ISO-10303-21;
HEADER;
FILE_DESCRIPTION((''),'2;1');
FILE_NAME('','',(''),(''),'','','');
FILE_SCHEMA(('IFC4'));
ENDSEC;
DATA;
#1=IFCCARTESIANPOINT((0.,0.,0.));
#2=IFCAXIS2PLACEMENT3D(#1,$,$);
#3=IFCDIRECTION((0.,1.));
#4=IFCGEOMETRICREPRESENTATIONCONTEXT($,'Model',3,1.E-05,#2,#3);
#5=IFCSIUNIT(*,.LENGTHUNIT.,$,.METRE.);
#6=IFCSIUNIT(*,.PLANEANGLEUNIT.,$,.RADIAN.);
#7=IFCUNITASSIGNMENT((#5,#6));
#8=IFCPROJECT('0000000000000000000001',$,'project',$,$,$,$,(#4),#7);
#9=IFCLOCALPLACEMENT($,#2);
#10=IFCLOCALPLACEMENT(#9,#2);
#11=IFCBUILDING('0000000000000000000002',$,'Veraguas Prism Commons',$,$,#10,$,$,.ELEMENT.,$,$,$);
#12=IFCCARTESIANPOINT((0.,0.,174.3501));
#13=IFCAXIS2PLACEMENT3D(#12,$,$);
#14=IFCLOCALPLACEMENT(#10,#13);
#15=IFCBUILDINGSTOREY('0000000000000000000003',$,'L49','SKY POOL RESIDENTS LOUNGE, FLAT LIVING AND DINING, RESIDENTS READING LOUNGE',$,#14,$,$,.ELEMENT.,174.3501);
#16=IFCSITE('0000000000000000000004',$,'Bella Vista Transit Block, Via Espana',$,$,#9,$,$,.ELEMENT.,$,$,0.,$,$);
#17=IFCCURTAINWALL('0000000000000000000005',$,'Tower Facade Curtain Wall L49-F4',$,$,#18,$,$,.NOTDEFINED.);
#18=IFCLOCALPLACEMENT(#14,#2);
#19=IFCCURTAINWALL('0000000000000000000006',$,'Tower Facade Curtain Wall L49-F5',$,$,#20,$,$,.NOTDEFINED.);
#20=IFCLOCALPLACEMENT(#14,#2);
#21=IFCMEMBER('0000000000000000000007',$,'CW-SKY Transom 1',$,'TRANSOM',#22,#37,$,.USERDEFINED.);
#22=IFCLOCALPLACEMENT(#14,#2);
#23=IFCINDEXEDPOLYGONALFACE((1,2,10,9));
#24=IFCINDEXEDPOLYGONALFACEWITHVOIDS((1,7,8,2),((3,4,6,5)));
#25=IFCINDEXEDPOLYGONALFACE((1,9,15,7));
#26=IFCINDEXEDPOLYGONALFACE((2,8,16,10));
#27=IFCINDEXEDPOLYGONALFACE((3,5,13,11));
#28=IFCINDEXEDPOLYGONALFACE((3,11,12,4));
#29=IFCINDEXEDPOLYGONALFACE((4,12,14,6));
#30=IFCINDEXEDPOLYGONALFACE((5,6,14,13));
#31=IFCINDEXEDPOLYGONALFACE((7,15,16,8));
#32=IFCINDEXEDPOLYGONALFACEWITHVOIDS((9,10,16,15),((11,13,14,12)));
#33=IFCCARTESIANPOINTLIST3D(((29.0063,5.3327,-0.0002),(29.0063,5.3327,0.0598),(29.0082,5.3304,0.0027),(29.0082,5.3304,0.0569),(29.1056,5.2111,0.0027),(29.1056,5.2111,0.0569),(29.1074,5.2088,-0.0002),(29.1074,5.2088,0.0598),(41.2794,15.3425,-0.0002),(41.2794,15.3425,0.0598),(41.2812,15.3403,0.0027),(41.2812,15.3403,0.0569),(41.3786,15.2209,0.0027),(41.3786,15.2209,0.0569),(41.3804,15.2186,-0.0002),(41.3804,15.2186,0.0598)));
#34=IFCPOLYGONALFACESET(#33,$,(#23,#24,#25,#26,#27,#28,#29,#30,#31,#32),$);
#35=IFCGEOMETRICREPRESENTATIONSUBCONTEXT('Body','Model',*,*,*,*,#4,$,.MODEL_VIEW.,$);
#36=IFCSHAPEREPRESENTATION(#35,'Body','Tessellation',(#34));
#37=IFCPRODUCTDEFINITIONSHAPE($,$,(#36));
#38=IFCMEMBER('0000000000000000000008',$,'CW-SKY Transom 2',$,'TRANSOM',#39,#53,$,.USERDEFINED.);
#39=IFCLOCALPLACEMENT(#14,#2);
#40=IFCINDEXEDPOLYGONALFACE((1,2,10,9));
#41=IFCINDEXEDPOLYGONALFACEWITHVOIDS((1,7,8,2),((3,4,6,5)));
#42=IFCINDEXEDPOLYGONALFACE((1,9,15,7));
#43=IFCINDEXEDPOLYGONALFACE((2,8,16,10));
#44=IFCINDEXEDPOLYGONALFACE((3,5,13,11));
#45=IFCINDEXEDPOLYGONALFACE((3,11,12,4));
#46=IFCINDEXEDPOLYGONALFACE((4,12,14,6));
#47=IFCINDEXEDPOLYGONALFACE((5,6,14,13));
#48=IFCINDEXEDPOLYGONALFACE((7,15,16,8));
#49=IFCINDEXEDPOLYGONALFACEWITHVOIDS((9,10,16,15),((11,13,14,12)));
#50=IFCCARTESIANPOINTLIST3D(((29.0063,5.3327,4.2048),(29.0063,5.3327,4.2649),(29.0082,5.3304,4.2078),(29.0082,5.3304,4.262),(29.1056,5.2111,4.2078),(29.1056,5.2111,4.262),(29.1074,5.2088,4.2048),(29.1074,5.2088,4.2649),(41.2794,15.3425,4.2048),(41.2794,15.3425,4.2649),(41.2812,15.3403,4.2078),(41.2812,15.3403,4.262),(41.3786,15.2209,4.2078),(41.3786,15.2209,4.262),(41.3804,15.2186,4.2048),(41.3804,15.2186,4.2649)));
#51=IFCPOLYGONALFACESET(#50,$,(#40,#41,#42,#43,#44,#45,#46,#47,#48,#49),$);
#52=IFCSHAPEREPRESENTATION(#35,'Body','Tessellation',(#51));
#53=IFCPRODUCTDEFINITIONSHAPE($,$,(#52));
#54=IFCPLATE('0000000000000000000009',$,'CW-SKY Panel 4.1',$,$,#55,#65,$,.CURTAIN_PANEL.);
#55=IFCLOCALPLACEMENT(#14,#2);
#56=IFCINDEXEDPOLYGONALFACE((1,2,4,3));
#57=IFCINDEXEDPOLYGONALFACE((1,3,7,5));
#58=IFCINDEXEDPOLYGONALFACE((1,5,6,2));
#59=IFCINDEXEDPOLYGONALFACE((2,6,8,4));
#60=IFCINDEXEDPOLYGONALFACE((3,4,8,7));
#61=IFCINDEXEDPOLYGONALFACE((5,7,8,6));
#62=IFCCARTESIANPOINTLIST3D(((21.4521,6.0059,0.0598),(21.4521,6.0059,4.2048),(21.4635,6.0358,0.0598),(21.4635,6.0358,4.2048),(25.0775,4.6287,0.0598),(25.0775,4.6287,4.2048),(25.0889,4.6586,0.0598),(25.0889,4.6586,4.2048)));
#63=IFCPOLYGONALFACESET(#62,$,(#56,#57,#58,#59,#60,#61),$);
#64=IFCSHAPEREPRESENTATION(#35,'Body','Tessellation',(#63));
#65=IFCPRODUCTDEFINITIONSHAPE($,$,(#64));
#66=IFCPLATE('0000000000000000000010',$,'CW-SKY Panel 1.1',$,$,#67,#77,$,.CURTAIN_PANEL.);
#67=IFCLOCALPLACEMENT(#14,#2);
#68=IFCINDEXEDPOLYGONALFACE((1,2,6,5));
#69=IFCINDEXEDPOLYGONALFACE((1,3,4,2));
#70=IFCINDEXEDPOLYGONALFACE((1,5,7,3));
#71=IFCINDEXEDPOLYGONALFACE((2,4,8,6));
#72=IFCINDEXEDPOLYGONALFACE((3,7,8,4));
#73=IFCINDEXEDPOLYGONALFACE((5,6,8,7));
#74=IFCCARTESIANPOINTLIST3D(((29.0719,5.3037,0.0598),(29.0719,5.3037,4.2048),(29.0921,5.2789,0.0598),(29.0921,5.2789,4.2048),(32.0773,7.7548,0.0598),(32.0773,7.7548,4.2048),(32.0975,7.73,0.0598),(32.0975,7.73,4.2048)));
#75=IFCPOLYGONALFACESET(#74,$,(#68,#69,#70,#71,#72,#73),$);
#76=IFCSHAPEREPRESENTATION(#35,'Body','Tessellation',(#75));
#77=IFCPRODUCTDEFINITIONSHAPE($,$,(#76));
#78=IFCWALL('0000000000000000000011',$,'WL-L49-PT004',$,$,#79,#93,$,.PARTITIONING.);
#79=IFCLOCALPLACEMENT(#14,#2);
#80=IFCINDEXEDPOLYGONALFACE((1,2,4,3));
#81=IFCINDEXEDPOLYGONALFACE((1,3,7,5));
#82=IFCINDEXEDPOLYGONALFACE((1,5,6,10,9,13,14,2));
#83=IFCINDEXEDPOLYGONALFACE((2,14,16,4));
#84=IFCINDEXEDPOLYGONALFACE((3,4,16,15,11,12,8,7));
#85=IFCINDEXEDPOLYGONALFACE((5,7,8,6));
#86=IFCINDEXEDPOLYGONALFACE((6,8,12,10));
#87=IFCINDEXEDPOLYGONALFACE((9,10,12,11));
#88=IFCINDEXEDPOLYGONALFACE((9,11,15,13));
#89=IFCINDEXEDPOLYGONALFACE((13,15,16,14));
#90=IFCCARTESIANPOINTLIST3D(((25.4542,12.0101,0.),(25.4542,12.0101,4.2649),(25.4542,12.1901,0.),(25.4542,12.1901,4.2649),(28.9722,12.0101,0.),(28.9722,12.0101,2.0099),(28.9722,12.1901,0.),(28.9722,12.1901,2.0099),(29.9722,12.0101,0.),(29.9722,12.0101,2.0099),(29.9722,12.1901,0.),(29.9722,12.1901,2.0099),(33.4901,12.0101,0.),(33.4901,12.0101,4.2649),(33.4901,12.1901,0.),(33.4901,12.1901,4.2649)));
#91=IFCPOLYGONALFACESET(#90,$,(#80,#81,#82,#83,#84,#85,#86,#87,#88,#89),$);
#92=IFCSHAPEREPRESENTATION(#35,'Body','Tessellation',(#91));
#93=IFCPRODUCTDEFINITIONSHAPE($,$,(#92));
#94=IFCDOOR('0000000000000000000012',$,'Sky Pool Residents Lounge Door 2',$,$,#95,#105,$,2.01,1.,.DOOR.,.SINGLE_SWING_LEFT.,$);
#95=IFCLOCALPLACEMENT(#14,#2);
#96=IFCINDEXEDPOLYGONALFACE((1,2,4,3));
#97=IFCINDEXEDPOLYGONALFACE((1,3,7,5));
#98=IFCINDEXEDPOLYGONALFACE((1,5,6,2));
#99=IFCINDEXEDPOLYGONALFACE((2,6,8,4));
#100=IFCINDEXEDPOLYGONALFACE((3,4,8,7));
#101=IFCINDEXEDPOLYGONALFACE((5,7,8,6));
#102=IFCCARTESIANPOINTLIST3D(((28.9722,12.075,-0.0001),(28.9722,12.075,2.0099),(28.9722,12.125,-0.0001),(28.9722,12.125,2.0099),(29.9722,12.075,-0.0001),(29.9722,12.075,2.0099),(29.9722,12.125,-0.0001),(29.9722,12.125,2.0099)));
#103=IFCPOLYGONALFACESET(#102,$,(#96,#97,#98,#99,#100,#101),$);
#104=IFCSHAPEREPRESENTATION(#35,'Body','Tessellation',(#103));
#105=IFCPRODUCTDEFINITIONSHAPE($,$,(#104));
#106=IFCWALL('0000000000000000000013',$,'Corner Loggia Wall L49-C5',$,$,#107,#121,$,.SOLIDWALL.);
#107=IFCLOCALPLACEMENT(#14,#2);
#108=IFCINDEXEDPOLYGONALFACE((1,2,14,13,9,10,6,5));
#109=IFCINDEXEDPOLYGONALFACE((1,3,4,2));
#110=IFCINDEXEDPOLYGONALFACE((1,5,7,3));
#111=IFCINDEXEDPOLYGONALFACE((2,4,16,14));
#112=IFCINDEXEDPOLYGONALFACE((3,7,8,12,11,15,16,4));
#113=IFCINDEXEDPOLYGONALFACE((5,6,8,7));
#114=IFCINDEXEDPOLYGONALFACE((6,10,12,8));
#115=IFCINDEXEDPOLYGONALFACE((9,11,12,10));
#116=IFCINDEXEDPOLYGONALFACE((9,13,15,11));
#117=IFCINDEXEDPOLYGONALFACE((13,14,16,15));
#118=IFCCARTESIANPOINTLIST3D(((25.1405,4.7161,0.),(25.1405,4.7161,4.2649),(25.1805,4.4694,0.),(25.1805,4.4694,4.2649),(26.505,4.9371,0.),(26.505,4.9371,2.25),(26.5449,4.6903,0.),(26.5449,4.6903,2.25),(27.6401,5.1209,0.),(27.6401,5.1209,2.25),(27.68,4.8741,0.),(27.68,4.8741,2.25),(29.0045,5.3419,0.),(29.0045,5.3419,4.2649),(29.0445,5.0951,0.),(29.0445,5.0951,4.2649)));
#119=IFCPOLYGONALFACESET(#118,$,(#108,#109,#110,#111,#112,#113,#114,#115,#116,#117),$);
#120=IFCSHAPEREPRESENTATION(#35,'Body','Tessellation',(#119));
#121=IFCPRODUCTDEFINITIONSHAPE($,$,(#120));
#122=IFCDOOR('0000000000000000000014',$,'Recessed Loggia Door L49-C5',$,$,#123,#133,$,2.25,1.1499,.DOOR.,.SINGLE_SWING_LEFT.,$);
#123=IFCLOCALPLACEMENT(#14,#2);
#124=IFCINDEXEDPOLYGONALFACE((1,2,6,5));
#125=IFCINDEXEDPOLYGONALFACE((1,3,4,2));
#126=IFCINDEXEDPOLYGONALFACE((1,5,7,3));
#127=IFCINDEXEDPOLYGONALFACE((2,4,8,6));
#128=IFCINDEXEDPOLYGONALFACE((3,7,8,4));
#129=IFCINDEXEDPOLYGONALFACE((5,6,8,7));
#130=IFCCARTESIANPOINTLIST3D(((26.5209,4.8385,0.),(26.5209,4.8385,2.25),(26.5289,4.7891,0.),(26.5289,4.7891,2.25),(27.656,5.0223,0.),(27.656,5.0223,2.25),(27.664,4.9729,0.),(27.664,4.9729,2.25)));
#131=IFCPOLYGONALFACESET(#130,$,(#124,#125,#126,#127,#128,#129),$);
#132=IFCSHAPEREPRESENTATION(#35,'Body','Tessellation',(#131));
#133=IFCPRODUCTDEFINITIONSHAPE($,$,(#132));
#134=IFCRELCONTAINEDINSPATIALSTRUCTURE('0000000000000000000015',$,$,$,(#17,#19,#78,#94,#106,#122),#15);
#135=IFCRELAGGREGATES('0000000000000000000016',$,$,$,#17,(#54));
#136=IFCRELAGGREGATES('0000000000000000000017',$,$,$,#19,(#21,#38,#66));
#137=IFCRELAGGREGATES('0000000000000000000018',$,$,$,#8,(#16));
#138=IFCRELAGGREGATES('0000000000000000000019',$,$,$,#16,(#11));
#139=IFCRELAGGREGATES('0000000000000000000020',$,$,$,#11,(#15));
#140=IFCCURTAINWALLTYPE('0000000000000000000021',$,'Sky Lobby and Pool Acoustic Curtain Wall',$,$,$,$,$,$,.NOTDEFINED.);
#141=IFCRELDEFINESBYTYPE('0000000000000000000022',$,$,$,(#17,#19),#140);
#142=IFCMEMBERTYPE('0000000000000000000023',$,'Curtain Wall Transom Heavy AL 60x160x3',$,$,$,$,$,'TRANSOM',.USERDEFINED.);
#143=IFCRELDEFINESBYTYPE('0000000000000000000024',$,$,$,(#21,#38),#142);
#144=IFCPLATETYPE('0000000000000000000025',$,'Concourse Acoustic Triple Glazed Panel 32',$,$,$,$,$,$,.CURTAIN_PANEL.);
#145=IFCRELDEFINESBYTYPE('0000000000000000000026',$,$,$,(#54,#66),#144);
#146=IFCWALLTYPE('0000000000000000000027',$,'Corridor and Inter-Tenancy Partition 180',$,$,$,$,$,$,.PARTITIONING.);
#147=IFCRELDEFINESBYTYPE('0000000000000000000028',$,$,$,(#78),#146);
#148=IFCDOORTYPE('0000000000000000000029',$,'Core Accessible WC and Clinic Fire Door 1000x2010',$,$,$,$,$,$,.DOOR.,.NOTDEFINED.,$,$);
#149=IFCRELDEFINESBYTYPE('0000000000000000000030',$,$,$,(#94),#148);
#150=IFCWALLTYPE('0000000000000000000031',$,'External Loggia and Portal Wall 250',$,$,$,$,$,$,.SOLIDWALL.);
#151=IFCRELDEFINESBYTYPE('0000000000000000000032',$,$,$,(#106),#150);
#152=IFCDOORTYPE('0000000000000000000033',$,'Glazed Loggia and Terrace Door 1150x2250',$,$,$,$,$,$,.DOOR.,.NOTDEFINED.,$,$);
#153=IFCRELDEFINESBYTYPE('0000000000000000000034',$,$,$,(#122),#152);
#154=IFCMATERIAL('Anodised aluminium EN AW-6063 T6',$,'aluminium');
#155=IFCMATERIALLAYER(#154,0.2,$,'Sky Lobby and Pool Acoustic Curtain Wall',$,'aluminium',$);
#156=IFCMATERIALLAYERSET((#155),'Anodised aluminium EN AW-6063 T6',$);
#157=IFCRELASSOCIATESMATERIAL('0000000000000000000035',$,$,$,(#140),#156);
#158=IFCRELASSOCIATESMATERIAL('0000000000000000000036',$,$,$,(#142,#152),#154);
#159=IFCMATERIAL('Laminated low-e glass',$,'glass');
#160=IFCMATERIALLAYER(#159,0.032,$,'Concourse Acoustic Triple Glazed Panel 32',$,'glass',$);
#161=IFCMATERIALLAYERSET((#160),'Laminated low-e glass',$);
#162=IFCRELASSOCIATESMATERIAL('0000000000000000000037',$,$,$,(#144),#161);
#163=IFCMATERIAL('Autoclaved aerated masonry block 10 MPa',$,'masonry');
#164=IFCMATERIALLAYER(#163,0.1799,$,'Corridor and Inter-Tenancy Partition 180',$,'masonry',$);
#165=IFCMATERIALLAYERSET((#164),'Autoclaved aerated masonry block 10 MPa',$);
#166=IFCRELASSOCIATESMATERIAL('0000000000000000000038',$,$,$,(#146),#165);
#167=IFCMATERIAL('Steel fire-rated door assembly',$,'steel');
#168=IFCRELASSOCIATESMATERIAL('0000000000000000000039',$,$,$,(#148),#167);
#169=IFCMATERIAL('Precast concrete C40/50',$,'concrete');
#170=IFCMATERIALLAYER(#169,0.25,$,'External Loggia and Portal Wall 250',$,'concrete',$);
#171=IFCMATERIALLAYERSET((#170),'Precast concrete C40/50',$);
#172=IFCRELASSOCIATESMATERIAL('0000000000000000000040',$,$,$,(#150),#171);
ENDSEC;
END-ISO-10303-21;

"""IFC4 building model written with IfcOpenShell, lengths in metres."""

from ifc_helpers import new_model, si_unit, direction, frame, frame_2d, origin, origin_2d, place, context, subcontext, project, spatial, rectangle, hollow_rectangle, extrude, source, transform, mapped, material, layer, layer_set, material_profile, profile_set, type_object, element, fill, aggregate, save


model = new_model("IFC4")

# Units and contexts
model_context = context("Model", 3, precision=1e-05, world=origin(), true_north=direction((0.0, 1.0)))
body_context = subcontext(model_context, "Body", "Model", "MODEL_VIEW")
ifc_project = project(units=[si_unit("LENGTHUNIT", "METRE"), si_unit("PLANEANGLEUNIT", "RADIAN")], contexts=[model_context])

# Site, building, storey
site_placement = place(None, origin())
site = spatial("IfcSite", under=ifc_project, at=site_placement, Name="Bella Vista Transit Block, Via Espana", CompositionType="ELEMENT", RefElevation=0.0)
building_placement = place(site_placement, origin())
building = spatial("IfcBuilding", under=site, at=building_placement, Name="Veraguas Prism Commons", CompositionType="ELEMENT")
storey_placement = place(building_placement, frame((0.0, 0.0, 174.3501)))
storey = spatial("IfcBuildingStorey", under=building, at=storey_placement, Name="L49", Description="SKY POOL RESIDENTS LOUNGE, FLAT LIVING AND DINING, RESIDENTS READING LOUNGE", CompositionType="ELEMENT", Elevation=174.3501)

# Curtain walls, members
ifc_material_1 = material(Name="Anodised aluminium EN AW-6063 T6", Category="aluminium")
ifc_layer_1 = layer(ifc_material_1, 0.2, Name="Sky Lobby and Pool Acoustic Curtain Wall", Category="aluminium")
ifc_layer_set_1 = layer_set([ifc_layer_1], Name="Anodised aluminium EN AW-6063 T6")
curtain_wall_type = type_object("IfcCurtainWallType", Name="Sky Lobby and Pool Acoustic Curtain Wall", PredefinedType="NOTDEFINED", material=ifc_layer_set_1)
curtain_wall_1_placement = place(storey_placement, origin())
curtain_wall_1 = element("IfcCurtainWall", 1, at=curtain_wall_1_placement, inside=storey, type_object=curtain_wall_type, Name="Tower Facade Curtain Wall L49-F4", PredefinedType="NOTDEFINED")
curtain_wall_2_placement = place(storey_placement, origin())
curtain_wall_2 = element("IfcCurtainWall", 2, at=curtain_wall_2_placement, inside=storey, type_object=curtain_wall_type, Name="Tower Facade Curtain Wall L49-F5", PredefinedType="NOTDEFINED")
ifc_material_profile_1 = material_profile(ifc_material_1, hollow_rectangle(XDim=0.0601, YDim=0.1599, WallThickness=0.0029, at=origin_2d()), Name="AL60X160X3")
ifc_profile_set_1 = profile_set([ifc_material_profile_1], Name="Anodised aluminium EN AW-6063 T6")
member_type_1 = type_object("IfcMemberType", Name="Curtain Wall Transom Heavy AL 60x160x3", ElementType="TRANSOM", PredefinedType="USERDEFINED", material=ifc_profile_set_1)
shared_shape_1 = source(origin(), body_context, "Body", "SweptSolid", [
    extrude(hollow_rectangle(XDim=0.0601, YDim=0.1599, WallThickness=0.0029, at=origin_2d()), origin(), (0.0, 0.0, 1.0), 15.8374),
])
member_1_placement = place(storey_placement, frame((29.0569, 5.2708, 0.0298), z_axis=(0.774939, 0.632037, 0.0), x_axis=(0.0, 0.0, 1.0)))
member_1 = element("IfcMember", 3, at=member_1_placement, type_object=member_type_1, Name="CW-SKY Transom 1", ObjectType="TRANSOM", PredefinedType="USERDEFINED", context=body_context, shape_type="MappedRepresentation", body=[
    mapped(shared_shape_1, transform((0.0, 0.0, 0.0), scale=1.0)),
])
member_2_placement = place(storey_placement, frame((29.0569, 5.2708, 4.2349), z_axis=(0.774939, 0.632037, 0.0), x_axis=(0.0, 0.0, 1.0)))
member_2 = element("IfcMember", 4, at=member_2_placement, type_object=member_type_1, Name="CW-SKY Transom 2", ObjectType="TRANSOM", PredefinedType="USERDEFINED", context=body_context, shape_type="MappedRepresentation", body=[
    mapped(shared_shape_1, transform((0.0, 0.0, 0.0), scale=1.0)),
])

# Plates
ifc_material_2 = material(Name="Laminated low-e glass", Category="glass")
ifc_layer_2 = layer(ifc_material_2, 0.032, Name="Concourse Acoustic Triple Glazed Panel 32", Category="glass")
ifc_layer_set_2 = layer_set([ifc_layer_2], Name="Laminated low-e glass")
plate_type = type_object("IfcPlateType", Name="Concourse Acoustic Triple Glazed Panel 32", PredefinedType="CURTAIN_PANEL", material=ifc_layer_set_2)
shared_shape_2 = source(origin(), body_context, "Body", "SweptSolid", [
    extrude(rectangle(XDim=3.8782, YDim=0.032, at=origin_2d()), origin(), (0.0, 0.0, 1.0), 4.145),
])
plate_1_placement = place(storey_placement, frame((23.2705, 5.3323, 0.0598), z_axis=(0.0, 0.0, 1.0), x_axis=(0.934825, -0.355109, 0.0)))
plate_1 = element("IfcPlate", 5, at=plate_1_placement, type_object=plate_type, Name="CW-SKY Panel 4.1", PredefinedType="CURTAIN_PANEL", context=body_context, shape_type="MappedRepresentation", body=[
    mapped(shared_shape_2, transform((0.0, 0.0, 0.0), scale=1.0)),
])
aggregate(curtain_wall_1, [plate_1])
plate_2_placement = place(storey_placement, frame((30.5847, 6.5168, 0.0598), z_axis=(0.0, 0.0, 1.0), x_axis=(0.774941, 0.632033, 0.0)))
plate_2 = element("IfcPlate", 6, at=plate_2_placement, type_object=plate_type, Name="CW-SKY Panel 1.1", PredefinedType="CURTAIN_PANEL", context=body_context, shape_type="MappedRepresentation", body=[
    mapped(shared_shape_2, transform((0.0, 0.0, 0.0), scale=1.0)),
])
aggregate(curtain_wall_2, [member_1, member_2, plate_2])

# Walls, openings, doors
ifc_material_3 = material(Name="Autoclaved aerated masonry block 10 MPa", Category="masonry")
ifc_layer_3 = layer(ifc_material_3, 0.1799, Name="Corridor and Inter-Tenancy Partition 180", Category="masonry")
ifc_layer_set_3 = layer_set([ifc_layer_3], Name="Autoclaved aerated masonry block 10 MPa")
wall_type_1 = type_object("IfcWallType", Name="Corridor and Inter-Tenancy Partition 180", PredefinedType="PARTITIONING", material=ifc_layer_set_3)
wall_1_placement = place(storey_placement, frame((25.4541, 12.1001, 0.0), z_axis=(0.0, 0.0, 1.0), x_axis=(1.0, 0.0, 0.0)))
wall_1 = element("IfcWall", 7, at=wall_1_placement, inside=storey, type_object=wall_type_1, Name="WL-L49-PT004", PredefinedType="PARTITIONING", context=body_context, shape_type="SweptSolid", body=[
    extrude(rectangle(XDim=8.0359, YDim=0.1799, at=frame_2d((4.0181, 0.0))), origin(), (0.0, 0.0, 1.0), 4.2649),
])
opening_1_placement = place(wall_1_placement, frame((3.5181, 0.0, 0.0)))
opening_1 = element("IfcOpeningElement", 8, at=opening_1_placement, cuts=wall_1, PredefinedType="OPENING", context=body_context, shape_type="SweptSolid", body=[
    extrude(rectangle(XDim=1.0, YDim=2.01, at=frame_2d((0.5, 1.0049))), frame((0.0, 0.0999, 0.0), z_axis=(0.0, -1.0, 0.0), x_axis=(1.0, 0.0, 0.0)), (0.0, 0.0, 1.0), 0.2),
])
ifc_material_4 = material(Name="Steel fire-rated door assembly", Category="steel")
door_type_1 = type_object("IfcDoorType", Name="Core Accessible WC and Clinic Fire Door 1000x2010", OperationType="NOTDEFINED", PredefinedType="DOOR", material=ifc_material_4)
shared_shape_3 = source(origin(), body_context, "Body", "SweptSolid", [
    extrude(rectangle(XDim=1.0, YDim=2.01, at=frame_2d((0.5, 1.0049))), frame((0.0, 0.0249, 0.0), z_axis=(0.0, -1.0, 0.0), x_axis=(1.0, 0.0, 0.0)), (0.0, 0.0, 1.0), 0.05),
])
door_1_placement = place(opening_1_placement, origin())
door_1 = element("IfcDoor", 9, at=door_1_placement, inside=storey, type_object=door_type_1, Name="Sky Pool Residents Lounge Door 2", OperationType="SINGLE_SWING_LEFT", OverallHeight=2.01, OverallWidth=1.0, PredefinedType="DOOR", context=body_context, shape_type="MappedRepresentation", body=[
    mapped(shared_shape_3, transform((0.0, 0.0, 0.0), scale=1.0)),
])
fill(opening_1, door_1)
ifc_material_5 = material(Name="Precast concrete C40/50", Category="concrete")
ifc_layer_4 = layer(ifc_material_5, 0.25, Name="External Loggia and Portal Wall 250", Category="concrete")
ifc_layer_set_4 = layer_set([ifc_layer_4], Name="Precast concrete C40/50")
wall_type_2 = type_object("IfcWallType", Name="External Loggia and Portal Wall 250", PredefinedType="SOLIDWALL", material=ifc_layer_set_4)
wall_2_placement = place(storey_placement, frame((25.1606, 4.5928, 0.0), z_axis=(0.0, 0.0, 1.0), x_axis=(0.98714, 0.159856, 0.0)))
wall_2 = element("IfcWall", 10, at=wall_2_placement, inside=storey, type_object=wall_type_2, Name="Corner Loggia Wall L49-C5", PredefinedType="SOLIDWALL", context=body_context, shape_type="SweptSolid", body=[
    extrude(rectangle(XDim=3.9143, YDim=0.25, at=frame_2d((1.957, 0.0))), origin(), (0.0, 0.0, 1.0), 4.2649),
])
opening_2_placement = place(wall_2_placement, frame((1.3821, 0.0, 0.0)))
opening_2 = element("IfcOpeningElement", 11, at=opening_2_placement, cuts=wall_2, PredefinedType="OPENING", context=body_context, shape_type="SweptSolid", body=[
    extrude(rectangle(XDim=1.1499, YDim=2.25, at=frame_2d((0.575, 1.125))), frame((0.0, 0.135, 0.0), z_axis=(0.0, -1.0, 0.0), x_axis=(1.0, 0.0, 0.0)), (0.0, 0.0, 1.0), 0.27),
])
door_type_2 = type_object("IfcDoorType", Name="Glazed Loggia and Terrace Door 1150x2250", OperationType="NOTDEFINED", PredefinedType="DOOR", material=ifc_material_1)
shared_shape_4 = source(origin(), body_context, "Body", "SweptSolid", [
    extrude(rectangle(XDim=1.1499, YDim=2.25, at=frame_2d((0.575, 1.125))), frame((0.0, 0.0249, 0.0), z_axis=(0.0, -1.0, 0.0), x_axis=(1.0, 0.0, 0.0)), (0.0, 0.0, 1.0), 0.05),
])
door_2_placement = place(opening_2_placement, frame((1.1499, 0.0, 0.0), z_axis=(0.0, 0.0, 1.0), x_axis=(-1.0, 0.0, 0.0)))
door_2 = element("IfcDoor", 12, at=door_2_placement, inside=storey, type_object=door_type_2, Name="Recessed Loggia Door L49-C5", OperationType="SINGLE_SWING_LEFT", OverallHeight=2.25, OverallWidth=1.1499, PredefinedType="DOOR", context=body_context, shape_type="MappedRepresentation", body=[
    mapped(shared_shape_4, transform((0.0, 0.0, 0.0), scale=1.0)),
])
fill(opening_2, door_2)

save(model, "model.ifc")
